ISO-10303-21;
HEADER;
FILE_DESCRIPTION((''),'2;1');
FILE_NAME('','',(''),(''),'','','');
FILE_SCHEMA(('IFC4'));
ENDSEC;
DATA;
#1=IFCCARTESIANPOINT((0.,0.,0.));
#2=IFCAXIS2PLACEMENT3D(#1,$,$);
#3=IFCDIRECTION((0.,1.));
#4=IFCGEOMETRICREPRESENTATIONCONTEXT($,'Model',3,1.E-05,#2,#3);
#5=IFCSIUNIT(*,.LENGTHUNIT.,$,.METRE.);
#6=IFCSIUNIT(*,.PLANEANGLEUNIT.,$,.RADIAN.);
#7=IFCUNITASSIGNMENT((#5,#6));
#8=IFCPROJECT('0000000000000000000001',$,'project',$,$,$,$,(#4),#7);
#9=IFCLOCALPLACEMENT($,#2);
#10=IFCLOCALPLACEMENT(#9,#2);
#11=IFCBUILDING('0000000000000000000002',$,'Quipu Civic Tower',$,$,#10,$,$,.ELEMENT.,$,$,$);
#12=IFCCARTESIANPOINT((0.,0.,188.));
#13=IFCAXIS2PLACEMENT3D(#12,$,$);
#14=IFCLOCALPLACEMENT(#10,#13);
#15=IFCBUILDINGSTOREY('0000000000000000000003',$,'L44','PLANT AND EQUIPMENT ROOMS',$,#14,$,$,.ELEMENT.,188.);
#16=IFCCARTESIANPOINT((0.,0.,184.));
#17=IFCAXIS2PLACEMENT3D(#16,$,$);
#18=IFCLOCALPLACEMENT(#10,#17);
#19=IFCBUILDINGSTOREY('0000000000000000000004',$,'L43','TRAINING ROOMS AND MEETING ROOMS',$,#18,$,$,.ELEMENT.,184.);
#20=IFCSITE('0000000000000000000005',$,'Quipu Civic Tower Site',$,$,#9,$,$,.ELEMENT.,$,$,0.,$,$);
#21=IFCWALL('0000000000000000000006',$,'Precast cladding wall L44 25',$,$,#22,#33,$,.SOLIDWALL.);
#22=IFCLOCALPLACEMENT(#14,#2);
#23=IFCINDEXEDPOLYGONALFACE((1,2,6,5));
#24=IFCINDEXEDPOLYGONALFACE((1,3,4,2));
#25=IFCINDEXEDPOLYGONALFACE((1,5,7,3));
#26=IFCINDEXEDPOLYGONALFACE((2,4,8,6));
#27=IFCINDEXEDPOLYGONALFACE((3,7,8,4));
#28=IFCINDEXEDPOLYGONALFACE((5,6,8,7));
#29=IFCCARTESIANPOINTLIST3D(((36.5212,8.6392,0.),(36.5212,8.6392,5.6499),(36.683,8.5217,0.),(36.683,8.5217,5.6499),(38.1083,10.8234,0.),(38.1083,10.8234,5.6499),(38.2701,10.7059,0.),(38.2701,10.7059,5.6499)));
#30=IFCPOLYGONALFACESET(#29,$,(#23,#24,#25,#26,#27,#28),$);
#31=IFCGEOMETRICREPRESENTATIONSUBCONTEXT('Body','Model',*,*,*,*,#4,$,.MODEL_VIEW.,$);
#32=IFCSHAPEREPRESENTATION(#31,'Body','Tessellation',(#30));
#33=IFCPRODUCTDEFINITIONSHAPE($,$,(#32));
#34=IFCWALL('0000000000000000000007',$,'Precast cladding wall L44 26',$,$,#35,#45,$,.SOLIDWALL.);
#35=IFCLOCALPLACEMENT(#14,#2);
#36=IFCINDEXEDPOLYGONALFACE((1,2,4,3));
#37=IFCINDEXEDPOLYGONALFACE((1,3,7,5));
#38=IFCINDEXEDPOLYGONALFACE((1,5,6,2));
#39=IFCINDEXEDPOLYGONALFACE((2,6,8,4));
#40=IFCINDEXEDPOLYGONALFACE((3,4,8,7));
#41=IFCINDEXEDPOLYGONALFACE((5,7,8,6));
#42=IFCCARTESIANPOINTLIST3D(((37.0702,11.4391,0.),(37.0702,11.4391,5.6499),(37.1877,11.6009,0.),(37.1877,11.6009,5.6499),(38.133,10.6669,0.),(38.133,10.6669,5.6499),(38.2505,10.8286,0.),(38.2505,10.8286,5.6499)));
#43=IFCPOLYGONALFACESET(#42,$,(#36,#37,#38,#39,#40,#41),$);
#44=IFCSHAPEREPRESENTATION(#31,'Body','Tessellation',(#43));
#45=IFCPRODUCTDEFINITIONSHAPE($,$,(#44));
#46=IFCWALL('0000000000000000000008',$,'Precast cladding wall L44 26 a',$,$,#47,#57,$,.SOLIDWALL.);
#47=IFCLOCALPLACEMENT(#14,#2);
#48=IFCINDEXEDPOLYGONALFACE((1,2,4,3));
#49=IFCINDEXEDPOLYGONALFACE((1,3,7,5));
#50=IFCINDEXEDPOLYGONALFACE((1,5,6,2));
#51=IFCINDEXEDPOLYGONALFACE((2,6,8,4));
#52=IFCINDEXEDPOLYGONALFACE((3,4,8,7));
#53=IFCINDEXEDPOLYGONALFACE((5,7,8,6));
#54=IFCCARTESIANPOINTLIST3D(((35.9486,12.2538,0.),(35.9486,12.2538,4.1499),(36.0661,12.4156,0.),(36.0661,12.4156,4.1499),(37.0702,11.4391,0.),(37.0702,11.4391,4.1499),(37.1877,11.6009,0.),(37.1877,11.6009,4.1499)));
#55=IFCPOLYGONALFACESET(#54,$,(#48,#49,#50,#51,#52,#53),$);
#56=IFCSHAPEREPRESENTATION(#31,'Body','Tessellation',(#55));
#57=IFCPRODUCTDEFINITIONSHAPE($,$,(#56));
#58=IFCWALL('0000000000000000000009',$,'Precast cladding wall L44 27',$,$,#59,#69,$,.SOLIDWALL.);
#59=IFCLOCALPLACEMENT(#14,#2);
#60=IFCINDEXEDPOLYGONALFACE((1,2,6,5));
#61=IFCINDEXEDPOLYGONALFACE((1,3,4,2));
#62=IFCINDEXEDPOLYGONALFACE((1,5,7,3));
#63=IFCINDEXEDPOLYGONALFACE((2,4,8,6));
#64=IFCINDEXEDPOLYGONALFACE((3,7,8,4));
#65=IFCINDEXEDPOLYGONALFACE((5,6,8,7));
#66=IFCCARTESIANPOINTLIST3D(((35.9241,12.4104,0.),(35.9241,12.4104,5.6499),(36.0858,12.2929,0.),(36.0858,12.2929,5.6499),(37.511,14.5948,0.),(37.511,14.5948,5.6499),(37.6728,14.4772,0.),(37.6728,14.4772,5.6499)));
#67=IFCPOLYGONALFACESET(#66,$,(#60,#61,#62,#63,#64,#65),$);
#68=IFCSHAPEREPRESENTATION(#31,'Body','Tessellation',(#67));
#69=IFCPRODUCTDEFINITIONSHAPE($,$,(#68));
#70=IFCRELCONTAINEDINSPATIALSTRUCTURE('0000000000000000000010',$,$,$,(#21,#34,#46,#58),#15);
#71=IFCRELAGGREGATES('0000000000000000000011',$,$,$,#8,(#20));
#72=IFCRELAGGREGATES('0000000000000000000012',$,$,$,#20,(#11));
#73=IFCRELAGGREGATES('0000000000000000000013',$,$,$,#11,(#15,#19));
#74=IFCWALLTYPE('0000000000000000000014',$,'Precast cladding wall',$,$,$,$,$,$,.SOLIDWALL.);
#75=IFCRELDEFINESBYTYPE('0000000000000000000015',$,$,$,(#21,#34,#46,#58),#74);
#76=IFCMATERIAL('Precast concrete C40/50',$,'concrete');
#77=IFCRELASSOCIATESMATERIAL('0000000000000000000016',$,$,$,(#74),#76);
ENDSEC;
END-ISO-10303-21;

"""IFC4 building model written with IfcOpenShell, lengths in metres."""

from ifc_helpers import new_model, si_unit, direction, frame, frame_2d, origin, place, context, subcontext, project, spatial, rectangle, extrude, material, type_object, element, save


model = new_model("IFC4")

# Units and contexts
model_context = context("Model", 3, precision=1e-05, world=origin(), true_north=direction((0.0, 1.0)))
body_context = subcontext(model_context, "Body", "Model", "MODEL_VIEW")
ifc_project = project(units=[si_unit("LENGTHUNIT", "METRE"), si_unit("PLANEANGLEUNIT", "RADIAN")], contexts=[model_context])

# Site, building, storey
site_placement = place(None, origin())
site = spatial("IfcSite", under=ifc_project, at=site_placement, Name="Quipu Civic Tower Site", CompositionType="ELEMENT", RefElevation=0.0)
building_placement = place(site_placement, origin())
building = spatial("IfcBuilding", under=site, at=building_placement, Name="Quipu Civic Tower", CompositionType="ELEMENT")
storey_1_placement = place(building_placement, frame((0.0, 0.0, 188.0)))
storey_1 = spatial("IfcBuildingStorey", under=building, at=storey_1_placement, Name="L44", Description="PLANT AND EQUIPMENT ROOMS", CompositionType="ELEMENT", Elevation=188.0)

# Shared definitions
storey_2_placement = place(building_placement, frame((0.0, 0.0, 184.0)))
storey_2 = spatial("IfcBuildingStorey", under=building, at=storey_2_placement, Name="L43", Description="TRAINING ROOMS AND MEETING ROOMS", CompositionType="ELEMENT", Elevation=184.0)

# Walls
ifc_material_1 = material(Name="Precast concrete C40/50", Category="concrete")
wall_type = type_object("IfcWallType", Name="Precast cladding wall", PredefinedType="SOLIDWALL", material=ifc_material_1)
wall_1_placement = place(storey_1_placement, frame((36.6021, 8.5803, 0.0), z_axis=(0.0, 0.0, 1.0), x_axis=(0.587822, 0.80899, 0.0)))
element("IfcWall", 1, at=wall_1_placement, inside=storey_1, type_object=wall_type, Name="Precast cladding wall L44 25", PredefinedType="SOLIDWALL", context=body_context, shape_type="SweptSolid", body=[
    extrude(rectangle(XDim=2.7, YDim=0.2, at=frame_2d((1.3501, 0.0))), origin(), (0.0, 0.0, 1.0), 5.6499),
])
wall_2_placement = place(storey_1_placement, frame((38.1917, 10.7478, 0.0), z_axis=(0.0, 0.0, 1.0), x_axis=(-0.808985, 0.587829, 0.0)))
element("IfcWall", 2, at=wall_2_placement, inside=storey_1, type_object=wall_type, Name="Precast cladding wall L44 26", PredefinedType="SOLIDWALL", context=body_context, shape_type="SweptSolid", body=[
    extrude(rectangle(XDim=1.3137, YDim=0.2, at=frame_2d((0.6567, 0.0))), origin(), (0.0, 0.0, 1.0), 5.6499),
])
wall_3_placement = place(storey_1_placement, frame((37.1289, 11.52, 0.0), z_axis=(0.0, 0.0, 1.0), x_axis=(-0.809079, 0.5877, 0.0)))
element("IfcWall", 3, at=wall_3_placement, inside=storey_1, type_object=wall_type, Name="Precast cladding wall L44 26 a", PredefinedType="SOLIDWALL", context=body_context, shape_type="SweptSolid", body=[
    extrude(rectangle(XDim=1.3862, YDim=0.2, at=frame_2d((0.6931, 0.0))), origin(), (0.0, 0.0, 1.0), 4.1499),
])
wall_4_placement = place(storey_1_placement, frame((36.0049, 12.3516, 0.0), z_axis=(0.0, 0.0, 1.0), x_axis=(0.587763, 0.809033, 0.0)))
element("IfcWall", 4, at=wall_4_placement, inside=storey_1, type_object=wall_type, Name="Precast cladding wall L44 27", PredefinedType="SOLIDWALL", context=body_context, shape_type="SweptSolid", body=[
    extrude(rectangle(XDim=2.7, YDim=0.2, at=frame_2d((1.3501, 0.0))), origin(), (0.0, 0.0, 1.0), 5.6499),
])

save(model, "model.ifc")
